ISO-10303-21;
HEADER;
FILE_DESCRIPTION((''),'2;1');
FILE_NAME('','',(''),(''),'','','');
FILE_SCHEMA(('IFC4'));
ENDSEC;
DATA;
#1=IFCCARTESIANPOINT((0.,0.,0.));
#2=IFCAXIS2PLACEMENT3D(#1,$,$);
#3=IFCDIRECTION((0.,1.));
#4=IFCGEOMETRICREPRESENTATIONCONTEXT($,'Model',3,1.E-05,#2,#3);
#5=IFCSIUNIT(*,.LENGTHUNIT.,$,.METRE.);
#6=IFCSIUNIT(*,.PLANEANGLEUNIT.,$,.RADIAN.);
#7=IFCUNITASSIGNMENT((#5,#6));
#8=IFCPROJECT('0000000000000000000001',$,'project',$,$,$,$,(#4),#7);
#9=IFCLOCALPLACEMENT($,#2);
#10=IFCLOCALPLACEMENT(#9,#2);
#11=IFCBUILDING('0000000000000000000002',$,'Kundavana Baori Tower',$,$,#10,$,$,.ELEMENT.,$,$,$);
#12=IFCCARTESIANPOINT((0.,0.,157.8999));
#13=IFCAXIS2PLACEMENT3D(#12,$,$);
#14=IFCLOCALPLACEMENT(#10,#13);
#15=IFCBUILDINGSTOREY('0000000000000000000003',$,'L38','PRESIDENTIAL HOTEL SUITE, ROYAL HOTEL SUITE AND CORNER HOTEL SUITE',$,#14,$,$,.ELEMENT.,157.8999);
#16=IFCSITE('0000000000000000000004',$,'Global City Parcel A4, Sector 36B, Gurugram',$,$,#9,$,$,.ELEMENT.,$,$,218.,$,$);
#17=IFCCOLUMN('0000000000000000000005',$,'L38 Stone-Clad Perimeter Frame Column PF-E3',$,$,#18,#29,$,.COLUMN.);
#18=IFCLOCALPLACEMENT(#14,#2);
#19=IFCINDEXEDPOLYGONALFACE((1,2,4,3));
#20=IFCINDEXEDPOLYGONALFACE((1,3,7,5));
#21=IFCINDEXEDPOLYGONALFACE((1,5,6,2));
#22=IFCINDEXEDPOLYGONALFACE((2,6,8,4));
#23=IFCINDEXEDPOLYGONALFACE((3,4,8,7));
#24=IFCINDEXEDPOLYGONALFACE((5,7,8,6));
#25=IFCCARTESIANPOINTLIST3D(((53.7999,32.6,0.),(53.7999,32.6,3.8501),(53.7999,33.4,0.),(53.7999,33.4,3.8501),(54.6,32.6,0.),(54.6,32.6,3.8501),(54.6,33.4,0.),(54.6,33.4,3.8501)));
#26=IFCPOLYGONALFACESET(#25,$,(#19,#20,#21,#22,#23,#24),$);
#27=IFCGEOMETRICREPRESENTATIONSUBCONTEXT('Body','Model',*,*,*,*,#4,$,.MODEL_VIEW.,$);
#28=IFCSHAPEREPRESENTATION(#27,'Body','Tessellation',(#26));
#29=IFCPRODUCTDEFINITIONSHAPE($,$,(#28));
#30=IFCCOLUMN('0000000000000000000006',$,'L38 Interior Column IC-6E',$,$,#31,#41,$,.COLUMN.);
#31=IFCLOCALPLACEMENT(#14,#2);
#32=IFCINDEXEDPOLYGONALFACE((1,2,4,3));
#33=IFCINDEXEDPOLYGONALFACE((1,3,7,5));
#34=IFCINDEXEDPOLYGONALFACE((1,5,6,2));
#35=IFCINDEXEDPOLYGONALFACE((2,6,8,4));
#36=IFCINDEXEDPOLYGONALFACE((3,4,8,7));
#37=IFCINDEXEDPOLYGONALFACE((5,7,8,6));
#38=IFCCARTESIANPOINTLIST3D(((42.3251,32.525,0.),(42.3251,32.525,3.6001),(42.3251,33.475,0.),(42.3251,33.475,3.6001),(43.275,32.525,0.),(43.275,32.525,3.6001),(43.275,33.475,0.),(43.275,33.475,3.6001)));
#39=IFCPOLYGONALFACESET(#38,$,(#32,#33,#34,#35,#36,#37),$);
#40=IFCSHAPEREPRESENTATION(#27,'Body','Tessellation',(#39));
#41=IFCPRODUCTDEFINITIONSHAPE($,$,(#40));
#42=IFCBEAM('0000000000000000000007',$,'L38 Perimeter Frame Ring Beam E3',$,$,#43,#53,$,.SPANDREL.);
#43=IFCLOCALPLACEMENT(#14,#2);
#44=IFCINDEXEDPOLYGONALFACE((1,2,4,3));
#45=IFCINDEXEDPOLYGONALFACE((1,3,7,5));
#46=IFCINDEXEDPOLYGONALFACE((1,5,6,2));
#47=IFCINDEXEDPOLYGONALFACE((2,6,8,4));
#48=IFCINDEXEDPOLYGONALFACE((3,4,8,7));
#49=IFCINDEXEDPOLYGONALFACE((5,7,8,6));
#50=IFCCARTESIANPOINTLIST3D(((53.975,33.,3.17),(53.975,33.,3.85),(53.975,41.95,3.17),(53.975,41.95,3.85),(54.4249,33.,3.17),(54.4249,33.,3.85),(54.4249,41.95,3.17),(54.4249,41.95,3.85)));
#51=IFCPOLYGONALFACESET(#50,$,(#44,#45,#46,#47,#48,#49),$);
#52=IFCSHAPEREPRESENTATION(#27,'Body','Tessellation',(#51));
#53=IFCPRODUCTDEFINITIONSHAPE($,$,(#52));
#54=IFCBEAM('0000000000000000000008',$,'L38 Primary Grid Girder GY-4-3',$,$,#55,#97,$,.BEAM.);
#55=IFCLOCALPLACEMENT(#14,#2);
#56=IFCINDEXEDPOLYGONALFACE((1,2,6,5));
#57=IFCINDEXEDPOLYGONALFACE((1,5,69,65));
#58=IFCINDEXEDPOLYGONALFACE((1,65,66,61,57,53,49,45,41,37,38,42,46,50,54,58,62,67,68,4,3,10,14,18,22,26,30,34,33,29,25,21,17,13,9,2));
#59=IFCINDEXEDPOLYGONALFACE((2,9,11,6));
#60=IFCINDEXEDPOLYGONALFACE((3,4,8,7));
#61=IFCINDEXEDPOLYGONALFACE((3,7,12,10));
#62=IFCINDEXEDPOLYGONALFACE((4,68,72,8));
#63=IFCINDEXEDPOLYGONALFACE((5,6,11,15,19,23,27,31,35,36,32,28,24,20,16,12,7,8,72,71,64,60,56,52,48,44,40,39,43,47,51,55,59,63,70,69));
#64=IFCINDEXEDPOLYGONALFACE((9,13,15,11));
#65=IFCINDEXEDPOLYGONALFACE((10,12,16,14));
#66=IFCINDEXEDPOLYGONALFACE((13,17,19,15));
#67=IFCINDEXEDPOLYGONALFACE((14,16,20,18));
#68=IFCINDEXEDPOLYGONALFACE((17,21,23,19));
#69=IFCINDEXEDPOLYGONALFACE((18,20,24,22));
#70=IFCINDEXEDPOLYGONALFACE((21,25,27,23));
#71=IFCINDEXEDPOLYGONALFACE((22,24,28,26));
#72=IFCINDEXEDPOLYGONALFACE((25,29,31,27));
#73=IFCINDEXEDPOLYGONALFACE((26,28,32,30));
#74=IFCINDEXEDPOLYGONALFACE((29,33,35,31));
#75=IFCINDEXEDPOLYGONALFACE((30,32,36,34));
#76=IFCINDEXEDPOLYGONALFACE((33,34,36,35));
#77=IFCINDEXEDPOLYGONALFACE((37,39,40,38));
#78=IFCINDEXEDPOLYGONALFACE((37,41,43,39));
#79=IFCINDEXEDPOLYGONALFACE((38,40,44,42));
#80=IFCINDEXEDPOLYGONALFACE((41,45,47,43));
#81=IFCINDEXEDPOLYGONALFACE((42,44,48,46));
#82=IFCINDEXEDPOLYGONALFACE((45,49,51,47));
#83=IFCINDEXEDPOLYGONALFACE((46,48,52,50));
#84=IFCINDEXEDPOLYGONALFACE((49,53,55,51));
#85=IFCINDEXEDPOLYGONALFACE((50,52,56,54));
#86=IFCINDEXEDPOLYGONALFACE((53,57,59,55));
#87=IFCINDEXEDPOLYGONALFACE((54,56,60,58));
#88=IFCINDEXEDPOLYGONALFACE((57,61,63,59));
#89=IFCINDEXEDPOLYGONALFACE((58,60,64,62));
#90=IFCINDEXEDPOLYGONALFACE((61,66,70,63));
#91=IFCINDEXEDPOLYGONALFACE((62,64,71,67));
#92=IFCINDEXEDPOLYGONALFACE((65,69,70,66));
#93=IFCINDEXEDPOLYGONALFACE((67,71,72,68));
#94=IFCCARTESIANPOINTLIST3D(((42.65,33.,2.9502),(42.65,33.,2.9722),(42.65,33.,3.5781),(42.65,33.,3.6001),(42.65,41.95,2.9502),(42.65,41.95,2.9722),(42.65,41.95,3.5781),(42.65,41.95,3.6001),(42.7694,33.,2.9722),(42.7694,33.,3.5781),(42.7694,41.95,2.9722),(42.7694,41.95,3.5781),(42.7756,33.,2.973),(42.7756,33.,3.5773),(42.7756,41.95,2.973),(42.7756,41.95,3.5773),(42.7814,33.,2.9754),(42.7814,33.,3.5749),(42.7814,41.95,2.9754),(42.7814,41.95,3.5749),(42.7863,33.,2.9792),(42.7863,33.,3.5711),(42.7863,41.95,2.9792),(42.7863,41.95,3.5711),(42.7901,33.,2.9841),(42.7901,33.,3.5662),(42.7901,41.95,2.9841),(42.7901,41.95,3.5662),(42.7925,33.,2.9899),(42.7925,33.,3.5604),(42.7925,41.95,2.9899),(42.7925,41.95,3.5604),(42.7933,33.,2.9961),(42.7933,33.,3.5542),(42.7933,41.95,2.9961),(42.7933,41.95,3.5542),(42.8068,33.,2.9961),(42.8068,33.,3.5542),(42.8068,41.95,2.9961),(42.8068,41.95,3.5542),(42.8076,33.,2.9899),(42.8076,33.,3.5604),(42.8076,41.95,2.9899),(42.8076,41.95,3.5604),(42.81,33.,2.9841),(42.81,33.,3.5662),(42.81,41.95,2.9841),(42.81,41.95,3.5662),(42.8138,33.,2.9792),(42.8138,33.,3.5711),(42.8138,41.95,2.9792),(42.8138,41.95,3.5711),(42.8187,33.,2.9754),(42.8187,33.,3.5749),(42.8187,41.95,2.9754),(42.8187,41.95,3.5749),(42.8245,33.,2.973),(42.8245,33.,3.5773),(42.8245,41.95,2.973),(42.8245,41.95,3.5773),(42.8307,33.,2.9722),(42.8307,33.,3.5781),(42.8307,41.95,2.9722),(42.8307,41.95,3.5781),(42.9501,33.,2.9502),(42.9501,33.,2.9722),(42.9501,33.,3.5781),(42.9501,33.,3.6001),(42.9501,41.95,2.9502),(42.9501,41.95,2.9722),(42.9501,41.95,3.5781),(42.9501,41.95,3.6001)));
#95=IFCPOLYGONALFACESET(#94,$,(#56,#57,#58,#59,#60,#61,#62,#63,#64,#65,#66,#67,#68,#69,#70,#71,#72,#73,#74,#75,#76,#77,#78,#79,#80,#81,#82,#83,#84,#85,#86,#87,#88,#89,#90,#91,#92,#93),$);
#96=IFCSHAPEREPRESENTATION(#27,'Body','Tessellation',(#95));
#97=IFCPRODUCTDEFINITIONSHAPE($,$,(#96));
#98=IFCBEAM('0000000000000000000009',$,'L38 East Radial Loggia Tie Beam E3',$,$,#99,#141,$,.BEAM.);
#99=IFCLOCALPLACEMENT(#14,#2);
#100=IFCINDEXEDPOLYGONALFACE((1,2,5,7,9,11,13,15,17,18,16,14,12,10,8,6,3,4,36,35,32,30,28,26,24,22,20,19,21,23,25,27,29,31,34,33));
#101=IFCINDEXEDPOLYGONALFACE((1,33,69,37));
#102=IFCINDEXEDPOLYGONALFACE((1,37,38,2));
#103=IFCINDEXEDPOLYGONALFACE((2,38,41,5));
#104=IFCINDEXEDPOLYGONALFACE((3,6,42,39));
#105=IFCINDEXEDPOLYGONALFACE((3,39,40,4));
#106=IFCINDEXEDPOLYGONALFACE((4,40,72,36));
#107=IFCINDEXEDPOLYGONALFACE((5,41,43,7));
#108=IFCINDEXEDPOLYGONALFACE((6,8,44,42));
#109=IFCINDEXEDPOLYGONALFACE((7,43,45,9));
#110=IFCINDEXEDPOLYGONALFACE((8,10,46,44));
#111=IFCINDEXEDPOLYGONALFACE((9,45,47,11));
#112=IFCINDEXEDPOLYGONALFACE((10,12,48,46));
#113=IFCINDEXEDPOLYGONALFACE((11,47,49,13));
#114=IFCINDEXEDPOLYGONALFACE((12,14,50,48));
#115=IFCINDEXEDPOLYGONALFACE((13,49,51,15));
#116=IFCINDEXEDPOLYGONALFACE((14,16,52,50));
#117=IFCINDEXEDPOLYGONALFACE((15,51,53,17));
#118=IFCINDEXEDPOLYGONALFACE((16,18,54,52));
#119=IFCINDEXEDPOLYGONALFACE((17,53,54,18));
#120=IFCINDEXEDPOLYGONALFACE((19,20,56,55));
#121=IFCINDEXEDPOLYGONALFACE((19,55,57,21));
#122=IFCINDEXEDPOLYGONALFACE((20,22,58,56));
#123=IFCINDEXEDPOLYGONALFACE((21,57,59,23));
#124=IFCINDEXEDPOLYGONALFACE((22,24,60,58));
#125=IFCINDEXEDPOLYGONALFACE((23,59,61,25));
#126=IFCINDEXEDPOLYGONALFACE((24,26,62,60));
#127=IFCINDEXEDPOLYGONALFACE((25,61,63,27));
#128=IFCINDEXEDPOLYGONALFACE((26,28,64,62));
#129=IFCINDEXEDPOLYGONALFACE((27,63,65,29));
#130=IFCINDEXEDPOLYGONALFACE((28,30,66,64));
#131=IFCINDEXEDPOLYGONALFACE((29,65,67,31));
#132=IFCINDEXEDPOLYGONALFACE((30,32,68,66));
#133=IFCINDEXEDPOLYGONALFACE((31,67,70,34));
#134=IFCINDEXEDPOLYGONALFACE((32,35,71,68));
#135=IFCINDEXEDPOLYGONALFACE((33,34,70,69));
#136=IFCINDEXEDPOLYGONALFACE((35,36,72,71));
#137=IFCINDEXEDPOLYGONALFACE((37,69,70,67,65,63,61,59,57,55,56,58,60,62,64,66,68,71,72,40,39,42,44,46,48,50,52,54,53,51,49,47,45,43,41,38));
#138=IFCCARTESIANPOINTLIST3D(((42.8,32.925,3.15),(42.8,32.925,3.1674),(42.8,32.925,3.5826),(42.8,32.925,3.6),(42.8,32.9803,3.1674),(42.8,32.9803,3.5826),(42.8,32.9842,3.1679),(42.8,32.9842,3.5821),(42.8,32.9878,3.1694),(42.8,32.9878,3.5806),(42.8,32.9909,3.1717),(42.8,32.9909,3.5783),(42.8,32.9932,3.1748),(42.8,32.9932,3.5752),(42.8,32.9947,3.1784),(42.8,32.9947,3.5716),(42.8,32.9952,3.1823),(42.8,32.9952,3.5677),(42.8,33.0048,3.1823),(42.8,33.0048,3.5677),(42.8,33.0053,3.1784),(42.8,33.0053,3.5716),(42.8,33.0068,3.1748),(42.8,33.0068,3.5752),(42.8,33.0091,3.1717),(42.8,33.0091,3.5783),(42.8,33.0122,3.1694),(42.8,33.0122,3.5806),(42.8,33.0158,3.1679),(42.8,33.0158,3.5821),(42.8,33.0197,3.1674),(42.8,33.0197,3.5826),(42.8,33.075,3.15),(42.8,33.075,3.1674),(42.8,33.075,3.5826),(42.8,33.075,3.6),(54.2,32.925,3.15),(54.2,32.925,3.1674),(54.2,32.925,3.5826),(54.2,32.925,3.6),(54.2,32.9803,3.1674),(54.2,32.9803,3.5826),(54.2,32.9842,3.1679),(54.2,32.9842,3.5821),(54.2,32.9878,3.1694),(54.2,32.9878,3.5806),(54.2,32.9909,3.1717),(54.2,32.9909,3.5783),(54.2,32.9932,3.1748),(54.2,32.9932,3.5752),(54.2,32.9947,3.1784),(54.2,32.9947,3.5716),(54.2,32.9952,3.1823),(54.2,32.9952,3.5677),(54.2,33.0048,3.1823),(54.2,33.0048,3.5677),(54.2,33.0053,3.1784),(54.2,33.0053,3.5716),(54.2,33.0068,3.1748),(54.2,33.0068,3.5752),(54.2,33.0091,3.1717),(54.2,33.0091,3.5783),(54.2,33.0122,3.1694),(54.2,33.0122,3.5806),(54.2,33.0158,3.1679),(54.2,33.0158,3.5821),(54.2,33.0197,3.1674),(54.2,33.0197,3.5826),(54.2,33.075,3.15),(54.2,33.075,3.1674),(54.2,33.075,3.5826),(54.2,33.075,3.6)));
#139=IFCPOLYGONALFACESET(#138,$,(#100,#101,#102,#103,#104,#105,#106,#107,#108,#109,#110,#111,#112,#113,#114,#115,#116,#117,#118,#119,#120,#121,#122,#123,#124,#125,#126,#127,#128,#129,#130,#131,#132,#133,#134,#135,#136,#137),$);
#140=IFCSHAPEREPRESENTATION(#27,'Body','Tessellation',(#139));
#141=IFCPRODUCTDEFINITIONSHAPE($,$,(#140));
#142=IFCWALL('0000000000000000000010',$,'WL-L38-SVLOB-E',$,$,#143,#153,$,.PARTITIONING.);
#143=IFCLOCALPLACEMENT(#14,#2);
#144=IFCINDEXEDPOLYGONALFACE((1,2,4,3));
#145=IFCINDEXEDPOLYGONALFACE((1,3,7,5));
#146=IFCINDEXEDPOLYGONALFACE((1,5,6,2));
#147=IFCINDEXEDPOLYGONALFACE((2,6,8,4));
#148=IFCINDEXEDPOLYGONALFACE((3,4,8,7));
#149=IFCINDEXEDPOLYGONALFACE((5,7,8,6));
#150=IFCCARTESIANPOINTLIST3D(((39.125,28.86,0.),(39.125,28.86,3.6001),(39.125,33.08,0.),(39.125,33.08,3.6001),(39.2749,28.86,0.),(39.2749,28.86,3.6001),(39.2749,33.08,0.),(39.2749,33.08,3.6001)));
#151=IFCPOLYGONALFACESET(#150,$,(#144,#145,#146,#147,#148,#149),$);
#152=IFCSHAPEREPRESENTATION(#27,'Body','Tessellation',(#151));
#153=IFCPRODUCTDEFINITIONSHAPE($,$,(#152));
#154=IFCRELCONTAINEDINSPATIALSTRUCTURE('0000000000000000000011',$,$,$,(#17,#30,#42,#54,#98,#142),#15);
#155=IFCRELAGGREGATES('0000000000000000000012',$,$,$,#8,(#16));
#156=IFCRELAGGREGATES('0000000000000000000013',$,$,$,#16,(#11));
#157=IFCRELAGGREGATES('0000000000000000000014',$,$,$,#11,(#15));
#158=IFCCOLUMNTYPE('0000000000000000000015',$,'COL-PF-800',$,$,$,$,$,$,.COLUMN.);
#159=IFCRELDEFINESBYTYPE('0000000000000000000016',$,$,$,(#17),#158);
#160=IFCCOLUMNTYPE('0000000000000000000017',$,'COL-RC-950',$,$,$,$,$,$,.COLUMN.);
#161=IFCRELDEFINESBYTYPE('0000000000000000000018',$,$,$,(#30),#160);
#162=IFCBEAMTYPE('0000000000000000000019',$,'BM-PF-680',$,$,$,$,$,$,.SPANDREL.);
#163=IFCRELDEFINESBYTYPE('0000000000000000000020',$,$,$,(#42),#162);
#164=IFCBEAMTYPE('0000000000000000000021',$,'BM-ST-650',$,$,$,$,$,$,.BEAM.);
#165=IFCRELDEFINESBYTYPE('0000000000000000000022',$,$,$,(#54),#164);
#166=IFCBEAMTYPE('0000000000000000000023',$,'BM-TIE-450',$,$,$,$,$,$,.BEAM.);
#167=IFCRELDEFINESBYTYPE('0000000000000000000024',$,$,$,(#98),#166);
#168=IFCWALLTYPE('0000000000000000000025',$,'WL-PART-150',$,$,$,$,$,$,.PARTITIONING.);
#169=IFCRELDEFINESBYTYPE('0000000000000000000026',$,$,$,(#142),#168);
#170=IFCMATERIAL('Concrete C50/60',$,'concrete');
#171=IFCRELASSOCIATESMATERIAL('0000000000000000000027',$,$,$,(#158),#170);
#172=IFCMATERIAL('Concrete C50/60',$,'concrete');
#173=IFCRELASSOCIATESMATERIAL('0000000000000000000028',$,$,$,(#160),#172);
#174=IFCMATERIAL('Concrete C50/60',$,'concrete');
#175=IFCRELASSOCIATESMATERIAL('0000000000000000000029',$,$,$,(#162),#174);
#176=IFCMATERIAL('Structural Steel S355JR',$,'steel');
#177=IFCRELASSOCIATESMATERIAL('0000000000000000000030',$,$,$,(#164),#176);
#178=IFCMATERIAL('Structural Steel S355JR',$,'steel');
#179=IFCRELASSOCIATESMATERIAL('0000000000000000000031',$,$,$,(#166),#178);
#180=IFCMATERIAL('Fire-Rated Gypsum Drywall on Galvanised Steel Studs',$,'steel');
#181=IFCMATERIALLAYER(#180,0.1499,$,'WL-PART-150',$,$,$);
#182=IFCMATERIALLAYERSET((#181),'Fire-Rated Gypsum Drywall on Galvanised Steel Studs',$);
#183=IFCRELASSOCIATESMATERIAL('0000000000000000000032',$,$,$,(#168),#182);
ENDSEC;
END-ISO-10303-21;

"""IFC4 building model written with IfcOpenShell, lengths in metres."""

from ifc_helpers import new_model, si_unit, direction, frame, frame_2d, origin, origin_2d, place, context, subcontext, project, spatial, rectangle, i_section, extrude, material, layer, layer_set, material_profile, profile_set, type_object, element, save


model = new_model("IFC4")

# Units and contexts
model_context = context("Model", 3, precision=1e-05, world=origin(), true_north=direction((0.0, 1.0)))
body_context = subcontext(model_context, "Body", "Model", "MODEL_VIEW")
ifc_project = project(units=[si_unit("LENGTHUNIT", "METRE"), si_unit("PLANEANGLEUNIT", "RADIAN")], contexts=[model_context])

# Site, building, storey
site_placement = place(None, origin())
site = spatial("IfcSite", under=ifc_project, at=site_placement, Name="Global City Parcel A4, Sector 36B, Gurugram", CompositionType="ELEMENT", RefElevation=218.0)
building_placement = place(site_placement, origin())
building = spatial("IfcBuilding", under=site, at=building_placement, Name="Kundavana Baori Tower", CompositionType="ELEMENT")
storey_placement = place(building_placement, frame((0.0, 0.0, 157.8999)))
storey = spatial("IfcBuildingStorey", under=building, at=storey_placement, Name="L38", Description="PRESIDENTIAL HOTEL SUITE, ROYAL HOTEL SUITE AND CORNER HOTEL SUITE", CompositionType="ELEMENT", Elevation=157.8999)

# Columns
ifc_material_1 = material(Name="Concrete C50/60", Category="concrete")
ifc_material_profile_1 = material_profile(ifc_material_1, rectangle(XDim=0.8, YDim=0.8, at=origin_2d()), Name="RC PF 800x800")
ifc_profile_set_1 = profile_set([ifc_material_profile_1], Name="Concrete C50/60")
column_type_1 = type_object("IfcColumnType", Name="COL-PF-800", PredefinedType="COLUMN", material=ifc_profile_set_1)
column_1_placement = place(storey_placement, frame((54.2, 33.0, 0.0), z_axis=(0.0, 0.0, 1.0), x_axis=(1.0, 0.0, 0.0)))
element("IfcColumn", 1, at=column_1_placement, inside=storey, type_object=column_type_1, Name="L38 Stone-Clad Perimeter Frame Column PF-E3", PredefinedType="COLUMN", context=body_context, shape_type="SweptSolid", body=[
    extrude(rectangle(XDim=0.8, YDim=0.8, at=origin_2d()), origin(), (0.0, 0.0, 1.0), 3.8501),
])
ifc_material_2 = material(Name="Concrete C50/60", Category="concrete")
ifc_material_profile_2 = material_profile(ifc_material_2, rectangle(XDim=0.95, YDim=0.95, at=origin_2d()), Name="RC 950x950")
ifc_profile_set_2 = profile_set([ifc_material_profile_2], Name="Concrete C50/60")
column_type_2 = type_object("IfcColumnType", Name="COL-RC-950", PredefinedType="COLUMN", material=ifc_profile_set_2)
column_2_placement = place(storey_placement, frame((42.8, 33.0, 0.0), z_axis=(0.0, 0.0, 1.0), x_axis=(1.0, 0.0, 0.0)))
element("IfcColumn", 2, at=column_2_placement, inside=storey, type_object=column_type_2, Name="L38 Interior Column IC-6E", PredefinedType="COLUMN", context=body_context, shape_type="SweptSolid", body=[
    extrude(rectangle(XDim=0.95, YDim=0.95, at=origin_2d()), origin(), (0.0, 0.0, 1.0), 3.6001),
])

# Beams
ifc_material_3 = material(Name="Concrete C50/60", Category="concrete")
ifc_material_profile_3 = material_profile(ifc_material_3, rectangle(XDim=0.45, YDim=0.6799, at=origin_2d()), Name="RC BM 450x680")
ifc_profile_set_3 = profile_set([ifc_material_profile_3], Name="Concrete C50/60")
beam_type_1 = type_object("IfcBeamType", Name="BM-PF-680", PredefinedType="SPANDREL", material=ifc_profile_set_3)
beam_1_placement = place(storey_placement, frame((54.2, 33.0, 3.51), z_axis=(0.0, 1.0, 0.0), x_axis=(-1.0, 0.0, 0.0)))
element("IfcBeam", 3, at=beam_1_placement, inside=storey, type_object=beam_type_1, Name="L38 Perimeter Frame Ring Beam E3", PredefinedType="SPANDREL", context=body_context, shape_type="SweptSolid", body=[
    extrude(rectangle(XDim=0.45, YDim=0.6799, at=origin_2d()), origin(), (0.0, 0.0, 1.0), 8.95),
])
ifc_material_4 = material(Name="Structural Steel S355JR", Category="steel")
ifc_material_profile_4 = material_profile(ifc_material_4, i_section(OverallWidth=0.3, OverallDepth=0.6499, WebThickness=0.0134, FlangeThickness=0.022, FilletRadius=0.0239, at=origin_2d()), Name="NPB 650x300x155")
ifc_profile_set_4 = profile_set([ifc_material_profile_4], Name="Structural Steel S355JR")
beam_type_2 = type_object("IfcBeamType", Name="BM-ST-650", PredefinedType="BEAM", material=ifc_profile_set_4)
beam_2_placement = place(storey_placement, frame((42.8, 33.0, 3.2751), z_axis=(0.0, 1.0, 0.0), x_axis=(-1.0, 0.0, 0.0)))
element("IfcBeam", 4, at=beam_2_placement, inside=storey, type_object=beam_type_2, Name="L38 Primary Grid Girder GY-4-3", PredefinedType="BEAM", context=body_context, shape_type="SweptSolid", body=[
    extrude(i_section(OverallWidth=0.3, OverallDepth=0.6499, WebThickness=0.0134, FlangeThickness=0.022, FilletRadius=0.0239, at=origin_2d()), origin(), (0.0, 0.0, 1.0), 8.95),
])
ifc_material_5 = material(Name="Structural Steel S355JR", Category="steel")
ifc_material_profile_5 = material_profile(ifc_material_5, i_section(OverallWidth=0.1499, OverallDepth=0.45, WebThickness=0.0095, FlangeThickness=0.0173, FilletRadius=0.0149, at=origin_2d()), Name="ISMB 450")
ifc_profile_set_5 = profile_set([ifc_material_profile_5], Name="Structural Steel S355JR")
beam_type_3 = type_object("IfcBeamType", Name="BM-TIE-450", PredefinedType="BEAM", material=ifc_profile_set_5)
beam_3_placement = place(storey_placement, frame((42.8, 33.0, 3.375), z_axis=(1.0, 0.0, 0.0), x_axis=(0.0, 1.0, 0.0)))
element("IfcBeam", 5, at=beam_3_placement, inside=storey, type_object=beam_type_3, Name="L38 East Radial Loggia Tie Beam E3", PredefinedType="BEAM", context=body_context, shape_type="SweptSolid", body=[
    extrude(i_section(OverallWidth=0.1499, OverallDepth=0.45, WebThickness=0.0095, FlangeThickness=0.0173, FilletRadius=0.0149, at=origin_2d()), origin(), (0.0, 0.0, 1.0), 11.3999),
])

# Wall
ifc_material_6 = material(Name="Fire-Rated Gypsum Drywall on Galvanised Steel Studs", Category="steel")
ifc_layer_1 = layer(ifc_material_6, 0.1499, Name="WL-PART-150")
ifc_layer_set_1 = layer_set([ifc_layer_1], Name="Fire-Rated Gypsum Drywall on Galvanised Steel Studs")
wall_type_1 = type_object("IfcWallType", Name="WL-PART-150", PredefinedType="PARTITIONING", material=ifc_layer_set_1)
wall_1_placement = place(storey_placement, frame((39.2, 28.8601, 0.0), z_axis=(0.0, 0.0, 1.0), x_axis=(0.0, 1.0, 0.0)))
element("IfcWall", 6, at=wall_1_placement, inside=storey, type_object=wall_type_1, Name="WL-L38-SVLOB-E", PredefinedType="PARTITIONING", context=body_context, shape_type="SweptSolid", body=[
    extrude(rectangle(XDim=4.22, YDim=0.1499, at=frame_2d((2.1099, 0.0))), origin(), (0.0, 0.0, 1.0), 3.6001),
])

save(model, "model.ifc")
